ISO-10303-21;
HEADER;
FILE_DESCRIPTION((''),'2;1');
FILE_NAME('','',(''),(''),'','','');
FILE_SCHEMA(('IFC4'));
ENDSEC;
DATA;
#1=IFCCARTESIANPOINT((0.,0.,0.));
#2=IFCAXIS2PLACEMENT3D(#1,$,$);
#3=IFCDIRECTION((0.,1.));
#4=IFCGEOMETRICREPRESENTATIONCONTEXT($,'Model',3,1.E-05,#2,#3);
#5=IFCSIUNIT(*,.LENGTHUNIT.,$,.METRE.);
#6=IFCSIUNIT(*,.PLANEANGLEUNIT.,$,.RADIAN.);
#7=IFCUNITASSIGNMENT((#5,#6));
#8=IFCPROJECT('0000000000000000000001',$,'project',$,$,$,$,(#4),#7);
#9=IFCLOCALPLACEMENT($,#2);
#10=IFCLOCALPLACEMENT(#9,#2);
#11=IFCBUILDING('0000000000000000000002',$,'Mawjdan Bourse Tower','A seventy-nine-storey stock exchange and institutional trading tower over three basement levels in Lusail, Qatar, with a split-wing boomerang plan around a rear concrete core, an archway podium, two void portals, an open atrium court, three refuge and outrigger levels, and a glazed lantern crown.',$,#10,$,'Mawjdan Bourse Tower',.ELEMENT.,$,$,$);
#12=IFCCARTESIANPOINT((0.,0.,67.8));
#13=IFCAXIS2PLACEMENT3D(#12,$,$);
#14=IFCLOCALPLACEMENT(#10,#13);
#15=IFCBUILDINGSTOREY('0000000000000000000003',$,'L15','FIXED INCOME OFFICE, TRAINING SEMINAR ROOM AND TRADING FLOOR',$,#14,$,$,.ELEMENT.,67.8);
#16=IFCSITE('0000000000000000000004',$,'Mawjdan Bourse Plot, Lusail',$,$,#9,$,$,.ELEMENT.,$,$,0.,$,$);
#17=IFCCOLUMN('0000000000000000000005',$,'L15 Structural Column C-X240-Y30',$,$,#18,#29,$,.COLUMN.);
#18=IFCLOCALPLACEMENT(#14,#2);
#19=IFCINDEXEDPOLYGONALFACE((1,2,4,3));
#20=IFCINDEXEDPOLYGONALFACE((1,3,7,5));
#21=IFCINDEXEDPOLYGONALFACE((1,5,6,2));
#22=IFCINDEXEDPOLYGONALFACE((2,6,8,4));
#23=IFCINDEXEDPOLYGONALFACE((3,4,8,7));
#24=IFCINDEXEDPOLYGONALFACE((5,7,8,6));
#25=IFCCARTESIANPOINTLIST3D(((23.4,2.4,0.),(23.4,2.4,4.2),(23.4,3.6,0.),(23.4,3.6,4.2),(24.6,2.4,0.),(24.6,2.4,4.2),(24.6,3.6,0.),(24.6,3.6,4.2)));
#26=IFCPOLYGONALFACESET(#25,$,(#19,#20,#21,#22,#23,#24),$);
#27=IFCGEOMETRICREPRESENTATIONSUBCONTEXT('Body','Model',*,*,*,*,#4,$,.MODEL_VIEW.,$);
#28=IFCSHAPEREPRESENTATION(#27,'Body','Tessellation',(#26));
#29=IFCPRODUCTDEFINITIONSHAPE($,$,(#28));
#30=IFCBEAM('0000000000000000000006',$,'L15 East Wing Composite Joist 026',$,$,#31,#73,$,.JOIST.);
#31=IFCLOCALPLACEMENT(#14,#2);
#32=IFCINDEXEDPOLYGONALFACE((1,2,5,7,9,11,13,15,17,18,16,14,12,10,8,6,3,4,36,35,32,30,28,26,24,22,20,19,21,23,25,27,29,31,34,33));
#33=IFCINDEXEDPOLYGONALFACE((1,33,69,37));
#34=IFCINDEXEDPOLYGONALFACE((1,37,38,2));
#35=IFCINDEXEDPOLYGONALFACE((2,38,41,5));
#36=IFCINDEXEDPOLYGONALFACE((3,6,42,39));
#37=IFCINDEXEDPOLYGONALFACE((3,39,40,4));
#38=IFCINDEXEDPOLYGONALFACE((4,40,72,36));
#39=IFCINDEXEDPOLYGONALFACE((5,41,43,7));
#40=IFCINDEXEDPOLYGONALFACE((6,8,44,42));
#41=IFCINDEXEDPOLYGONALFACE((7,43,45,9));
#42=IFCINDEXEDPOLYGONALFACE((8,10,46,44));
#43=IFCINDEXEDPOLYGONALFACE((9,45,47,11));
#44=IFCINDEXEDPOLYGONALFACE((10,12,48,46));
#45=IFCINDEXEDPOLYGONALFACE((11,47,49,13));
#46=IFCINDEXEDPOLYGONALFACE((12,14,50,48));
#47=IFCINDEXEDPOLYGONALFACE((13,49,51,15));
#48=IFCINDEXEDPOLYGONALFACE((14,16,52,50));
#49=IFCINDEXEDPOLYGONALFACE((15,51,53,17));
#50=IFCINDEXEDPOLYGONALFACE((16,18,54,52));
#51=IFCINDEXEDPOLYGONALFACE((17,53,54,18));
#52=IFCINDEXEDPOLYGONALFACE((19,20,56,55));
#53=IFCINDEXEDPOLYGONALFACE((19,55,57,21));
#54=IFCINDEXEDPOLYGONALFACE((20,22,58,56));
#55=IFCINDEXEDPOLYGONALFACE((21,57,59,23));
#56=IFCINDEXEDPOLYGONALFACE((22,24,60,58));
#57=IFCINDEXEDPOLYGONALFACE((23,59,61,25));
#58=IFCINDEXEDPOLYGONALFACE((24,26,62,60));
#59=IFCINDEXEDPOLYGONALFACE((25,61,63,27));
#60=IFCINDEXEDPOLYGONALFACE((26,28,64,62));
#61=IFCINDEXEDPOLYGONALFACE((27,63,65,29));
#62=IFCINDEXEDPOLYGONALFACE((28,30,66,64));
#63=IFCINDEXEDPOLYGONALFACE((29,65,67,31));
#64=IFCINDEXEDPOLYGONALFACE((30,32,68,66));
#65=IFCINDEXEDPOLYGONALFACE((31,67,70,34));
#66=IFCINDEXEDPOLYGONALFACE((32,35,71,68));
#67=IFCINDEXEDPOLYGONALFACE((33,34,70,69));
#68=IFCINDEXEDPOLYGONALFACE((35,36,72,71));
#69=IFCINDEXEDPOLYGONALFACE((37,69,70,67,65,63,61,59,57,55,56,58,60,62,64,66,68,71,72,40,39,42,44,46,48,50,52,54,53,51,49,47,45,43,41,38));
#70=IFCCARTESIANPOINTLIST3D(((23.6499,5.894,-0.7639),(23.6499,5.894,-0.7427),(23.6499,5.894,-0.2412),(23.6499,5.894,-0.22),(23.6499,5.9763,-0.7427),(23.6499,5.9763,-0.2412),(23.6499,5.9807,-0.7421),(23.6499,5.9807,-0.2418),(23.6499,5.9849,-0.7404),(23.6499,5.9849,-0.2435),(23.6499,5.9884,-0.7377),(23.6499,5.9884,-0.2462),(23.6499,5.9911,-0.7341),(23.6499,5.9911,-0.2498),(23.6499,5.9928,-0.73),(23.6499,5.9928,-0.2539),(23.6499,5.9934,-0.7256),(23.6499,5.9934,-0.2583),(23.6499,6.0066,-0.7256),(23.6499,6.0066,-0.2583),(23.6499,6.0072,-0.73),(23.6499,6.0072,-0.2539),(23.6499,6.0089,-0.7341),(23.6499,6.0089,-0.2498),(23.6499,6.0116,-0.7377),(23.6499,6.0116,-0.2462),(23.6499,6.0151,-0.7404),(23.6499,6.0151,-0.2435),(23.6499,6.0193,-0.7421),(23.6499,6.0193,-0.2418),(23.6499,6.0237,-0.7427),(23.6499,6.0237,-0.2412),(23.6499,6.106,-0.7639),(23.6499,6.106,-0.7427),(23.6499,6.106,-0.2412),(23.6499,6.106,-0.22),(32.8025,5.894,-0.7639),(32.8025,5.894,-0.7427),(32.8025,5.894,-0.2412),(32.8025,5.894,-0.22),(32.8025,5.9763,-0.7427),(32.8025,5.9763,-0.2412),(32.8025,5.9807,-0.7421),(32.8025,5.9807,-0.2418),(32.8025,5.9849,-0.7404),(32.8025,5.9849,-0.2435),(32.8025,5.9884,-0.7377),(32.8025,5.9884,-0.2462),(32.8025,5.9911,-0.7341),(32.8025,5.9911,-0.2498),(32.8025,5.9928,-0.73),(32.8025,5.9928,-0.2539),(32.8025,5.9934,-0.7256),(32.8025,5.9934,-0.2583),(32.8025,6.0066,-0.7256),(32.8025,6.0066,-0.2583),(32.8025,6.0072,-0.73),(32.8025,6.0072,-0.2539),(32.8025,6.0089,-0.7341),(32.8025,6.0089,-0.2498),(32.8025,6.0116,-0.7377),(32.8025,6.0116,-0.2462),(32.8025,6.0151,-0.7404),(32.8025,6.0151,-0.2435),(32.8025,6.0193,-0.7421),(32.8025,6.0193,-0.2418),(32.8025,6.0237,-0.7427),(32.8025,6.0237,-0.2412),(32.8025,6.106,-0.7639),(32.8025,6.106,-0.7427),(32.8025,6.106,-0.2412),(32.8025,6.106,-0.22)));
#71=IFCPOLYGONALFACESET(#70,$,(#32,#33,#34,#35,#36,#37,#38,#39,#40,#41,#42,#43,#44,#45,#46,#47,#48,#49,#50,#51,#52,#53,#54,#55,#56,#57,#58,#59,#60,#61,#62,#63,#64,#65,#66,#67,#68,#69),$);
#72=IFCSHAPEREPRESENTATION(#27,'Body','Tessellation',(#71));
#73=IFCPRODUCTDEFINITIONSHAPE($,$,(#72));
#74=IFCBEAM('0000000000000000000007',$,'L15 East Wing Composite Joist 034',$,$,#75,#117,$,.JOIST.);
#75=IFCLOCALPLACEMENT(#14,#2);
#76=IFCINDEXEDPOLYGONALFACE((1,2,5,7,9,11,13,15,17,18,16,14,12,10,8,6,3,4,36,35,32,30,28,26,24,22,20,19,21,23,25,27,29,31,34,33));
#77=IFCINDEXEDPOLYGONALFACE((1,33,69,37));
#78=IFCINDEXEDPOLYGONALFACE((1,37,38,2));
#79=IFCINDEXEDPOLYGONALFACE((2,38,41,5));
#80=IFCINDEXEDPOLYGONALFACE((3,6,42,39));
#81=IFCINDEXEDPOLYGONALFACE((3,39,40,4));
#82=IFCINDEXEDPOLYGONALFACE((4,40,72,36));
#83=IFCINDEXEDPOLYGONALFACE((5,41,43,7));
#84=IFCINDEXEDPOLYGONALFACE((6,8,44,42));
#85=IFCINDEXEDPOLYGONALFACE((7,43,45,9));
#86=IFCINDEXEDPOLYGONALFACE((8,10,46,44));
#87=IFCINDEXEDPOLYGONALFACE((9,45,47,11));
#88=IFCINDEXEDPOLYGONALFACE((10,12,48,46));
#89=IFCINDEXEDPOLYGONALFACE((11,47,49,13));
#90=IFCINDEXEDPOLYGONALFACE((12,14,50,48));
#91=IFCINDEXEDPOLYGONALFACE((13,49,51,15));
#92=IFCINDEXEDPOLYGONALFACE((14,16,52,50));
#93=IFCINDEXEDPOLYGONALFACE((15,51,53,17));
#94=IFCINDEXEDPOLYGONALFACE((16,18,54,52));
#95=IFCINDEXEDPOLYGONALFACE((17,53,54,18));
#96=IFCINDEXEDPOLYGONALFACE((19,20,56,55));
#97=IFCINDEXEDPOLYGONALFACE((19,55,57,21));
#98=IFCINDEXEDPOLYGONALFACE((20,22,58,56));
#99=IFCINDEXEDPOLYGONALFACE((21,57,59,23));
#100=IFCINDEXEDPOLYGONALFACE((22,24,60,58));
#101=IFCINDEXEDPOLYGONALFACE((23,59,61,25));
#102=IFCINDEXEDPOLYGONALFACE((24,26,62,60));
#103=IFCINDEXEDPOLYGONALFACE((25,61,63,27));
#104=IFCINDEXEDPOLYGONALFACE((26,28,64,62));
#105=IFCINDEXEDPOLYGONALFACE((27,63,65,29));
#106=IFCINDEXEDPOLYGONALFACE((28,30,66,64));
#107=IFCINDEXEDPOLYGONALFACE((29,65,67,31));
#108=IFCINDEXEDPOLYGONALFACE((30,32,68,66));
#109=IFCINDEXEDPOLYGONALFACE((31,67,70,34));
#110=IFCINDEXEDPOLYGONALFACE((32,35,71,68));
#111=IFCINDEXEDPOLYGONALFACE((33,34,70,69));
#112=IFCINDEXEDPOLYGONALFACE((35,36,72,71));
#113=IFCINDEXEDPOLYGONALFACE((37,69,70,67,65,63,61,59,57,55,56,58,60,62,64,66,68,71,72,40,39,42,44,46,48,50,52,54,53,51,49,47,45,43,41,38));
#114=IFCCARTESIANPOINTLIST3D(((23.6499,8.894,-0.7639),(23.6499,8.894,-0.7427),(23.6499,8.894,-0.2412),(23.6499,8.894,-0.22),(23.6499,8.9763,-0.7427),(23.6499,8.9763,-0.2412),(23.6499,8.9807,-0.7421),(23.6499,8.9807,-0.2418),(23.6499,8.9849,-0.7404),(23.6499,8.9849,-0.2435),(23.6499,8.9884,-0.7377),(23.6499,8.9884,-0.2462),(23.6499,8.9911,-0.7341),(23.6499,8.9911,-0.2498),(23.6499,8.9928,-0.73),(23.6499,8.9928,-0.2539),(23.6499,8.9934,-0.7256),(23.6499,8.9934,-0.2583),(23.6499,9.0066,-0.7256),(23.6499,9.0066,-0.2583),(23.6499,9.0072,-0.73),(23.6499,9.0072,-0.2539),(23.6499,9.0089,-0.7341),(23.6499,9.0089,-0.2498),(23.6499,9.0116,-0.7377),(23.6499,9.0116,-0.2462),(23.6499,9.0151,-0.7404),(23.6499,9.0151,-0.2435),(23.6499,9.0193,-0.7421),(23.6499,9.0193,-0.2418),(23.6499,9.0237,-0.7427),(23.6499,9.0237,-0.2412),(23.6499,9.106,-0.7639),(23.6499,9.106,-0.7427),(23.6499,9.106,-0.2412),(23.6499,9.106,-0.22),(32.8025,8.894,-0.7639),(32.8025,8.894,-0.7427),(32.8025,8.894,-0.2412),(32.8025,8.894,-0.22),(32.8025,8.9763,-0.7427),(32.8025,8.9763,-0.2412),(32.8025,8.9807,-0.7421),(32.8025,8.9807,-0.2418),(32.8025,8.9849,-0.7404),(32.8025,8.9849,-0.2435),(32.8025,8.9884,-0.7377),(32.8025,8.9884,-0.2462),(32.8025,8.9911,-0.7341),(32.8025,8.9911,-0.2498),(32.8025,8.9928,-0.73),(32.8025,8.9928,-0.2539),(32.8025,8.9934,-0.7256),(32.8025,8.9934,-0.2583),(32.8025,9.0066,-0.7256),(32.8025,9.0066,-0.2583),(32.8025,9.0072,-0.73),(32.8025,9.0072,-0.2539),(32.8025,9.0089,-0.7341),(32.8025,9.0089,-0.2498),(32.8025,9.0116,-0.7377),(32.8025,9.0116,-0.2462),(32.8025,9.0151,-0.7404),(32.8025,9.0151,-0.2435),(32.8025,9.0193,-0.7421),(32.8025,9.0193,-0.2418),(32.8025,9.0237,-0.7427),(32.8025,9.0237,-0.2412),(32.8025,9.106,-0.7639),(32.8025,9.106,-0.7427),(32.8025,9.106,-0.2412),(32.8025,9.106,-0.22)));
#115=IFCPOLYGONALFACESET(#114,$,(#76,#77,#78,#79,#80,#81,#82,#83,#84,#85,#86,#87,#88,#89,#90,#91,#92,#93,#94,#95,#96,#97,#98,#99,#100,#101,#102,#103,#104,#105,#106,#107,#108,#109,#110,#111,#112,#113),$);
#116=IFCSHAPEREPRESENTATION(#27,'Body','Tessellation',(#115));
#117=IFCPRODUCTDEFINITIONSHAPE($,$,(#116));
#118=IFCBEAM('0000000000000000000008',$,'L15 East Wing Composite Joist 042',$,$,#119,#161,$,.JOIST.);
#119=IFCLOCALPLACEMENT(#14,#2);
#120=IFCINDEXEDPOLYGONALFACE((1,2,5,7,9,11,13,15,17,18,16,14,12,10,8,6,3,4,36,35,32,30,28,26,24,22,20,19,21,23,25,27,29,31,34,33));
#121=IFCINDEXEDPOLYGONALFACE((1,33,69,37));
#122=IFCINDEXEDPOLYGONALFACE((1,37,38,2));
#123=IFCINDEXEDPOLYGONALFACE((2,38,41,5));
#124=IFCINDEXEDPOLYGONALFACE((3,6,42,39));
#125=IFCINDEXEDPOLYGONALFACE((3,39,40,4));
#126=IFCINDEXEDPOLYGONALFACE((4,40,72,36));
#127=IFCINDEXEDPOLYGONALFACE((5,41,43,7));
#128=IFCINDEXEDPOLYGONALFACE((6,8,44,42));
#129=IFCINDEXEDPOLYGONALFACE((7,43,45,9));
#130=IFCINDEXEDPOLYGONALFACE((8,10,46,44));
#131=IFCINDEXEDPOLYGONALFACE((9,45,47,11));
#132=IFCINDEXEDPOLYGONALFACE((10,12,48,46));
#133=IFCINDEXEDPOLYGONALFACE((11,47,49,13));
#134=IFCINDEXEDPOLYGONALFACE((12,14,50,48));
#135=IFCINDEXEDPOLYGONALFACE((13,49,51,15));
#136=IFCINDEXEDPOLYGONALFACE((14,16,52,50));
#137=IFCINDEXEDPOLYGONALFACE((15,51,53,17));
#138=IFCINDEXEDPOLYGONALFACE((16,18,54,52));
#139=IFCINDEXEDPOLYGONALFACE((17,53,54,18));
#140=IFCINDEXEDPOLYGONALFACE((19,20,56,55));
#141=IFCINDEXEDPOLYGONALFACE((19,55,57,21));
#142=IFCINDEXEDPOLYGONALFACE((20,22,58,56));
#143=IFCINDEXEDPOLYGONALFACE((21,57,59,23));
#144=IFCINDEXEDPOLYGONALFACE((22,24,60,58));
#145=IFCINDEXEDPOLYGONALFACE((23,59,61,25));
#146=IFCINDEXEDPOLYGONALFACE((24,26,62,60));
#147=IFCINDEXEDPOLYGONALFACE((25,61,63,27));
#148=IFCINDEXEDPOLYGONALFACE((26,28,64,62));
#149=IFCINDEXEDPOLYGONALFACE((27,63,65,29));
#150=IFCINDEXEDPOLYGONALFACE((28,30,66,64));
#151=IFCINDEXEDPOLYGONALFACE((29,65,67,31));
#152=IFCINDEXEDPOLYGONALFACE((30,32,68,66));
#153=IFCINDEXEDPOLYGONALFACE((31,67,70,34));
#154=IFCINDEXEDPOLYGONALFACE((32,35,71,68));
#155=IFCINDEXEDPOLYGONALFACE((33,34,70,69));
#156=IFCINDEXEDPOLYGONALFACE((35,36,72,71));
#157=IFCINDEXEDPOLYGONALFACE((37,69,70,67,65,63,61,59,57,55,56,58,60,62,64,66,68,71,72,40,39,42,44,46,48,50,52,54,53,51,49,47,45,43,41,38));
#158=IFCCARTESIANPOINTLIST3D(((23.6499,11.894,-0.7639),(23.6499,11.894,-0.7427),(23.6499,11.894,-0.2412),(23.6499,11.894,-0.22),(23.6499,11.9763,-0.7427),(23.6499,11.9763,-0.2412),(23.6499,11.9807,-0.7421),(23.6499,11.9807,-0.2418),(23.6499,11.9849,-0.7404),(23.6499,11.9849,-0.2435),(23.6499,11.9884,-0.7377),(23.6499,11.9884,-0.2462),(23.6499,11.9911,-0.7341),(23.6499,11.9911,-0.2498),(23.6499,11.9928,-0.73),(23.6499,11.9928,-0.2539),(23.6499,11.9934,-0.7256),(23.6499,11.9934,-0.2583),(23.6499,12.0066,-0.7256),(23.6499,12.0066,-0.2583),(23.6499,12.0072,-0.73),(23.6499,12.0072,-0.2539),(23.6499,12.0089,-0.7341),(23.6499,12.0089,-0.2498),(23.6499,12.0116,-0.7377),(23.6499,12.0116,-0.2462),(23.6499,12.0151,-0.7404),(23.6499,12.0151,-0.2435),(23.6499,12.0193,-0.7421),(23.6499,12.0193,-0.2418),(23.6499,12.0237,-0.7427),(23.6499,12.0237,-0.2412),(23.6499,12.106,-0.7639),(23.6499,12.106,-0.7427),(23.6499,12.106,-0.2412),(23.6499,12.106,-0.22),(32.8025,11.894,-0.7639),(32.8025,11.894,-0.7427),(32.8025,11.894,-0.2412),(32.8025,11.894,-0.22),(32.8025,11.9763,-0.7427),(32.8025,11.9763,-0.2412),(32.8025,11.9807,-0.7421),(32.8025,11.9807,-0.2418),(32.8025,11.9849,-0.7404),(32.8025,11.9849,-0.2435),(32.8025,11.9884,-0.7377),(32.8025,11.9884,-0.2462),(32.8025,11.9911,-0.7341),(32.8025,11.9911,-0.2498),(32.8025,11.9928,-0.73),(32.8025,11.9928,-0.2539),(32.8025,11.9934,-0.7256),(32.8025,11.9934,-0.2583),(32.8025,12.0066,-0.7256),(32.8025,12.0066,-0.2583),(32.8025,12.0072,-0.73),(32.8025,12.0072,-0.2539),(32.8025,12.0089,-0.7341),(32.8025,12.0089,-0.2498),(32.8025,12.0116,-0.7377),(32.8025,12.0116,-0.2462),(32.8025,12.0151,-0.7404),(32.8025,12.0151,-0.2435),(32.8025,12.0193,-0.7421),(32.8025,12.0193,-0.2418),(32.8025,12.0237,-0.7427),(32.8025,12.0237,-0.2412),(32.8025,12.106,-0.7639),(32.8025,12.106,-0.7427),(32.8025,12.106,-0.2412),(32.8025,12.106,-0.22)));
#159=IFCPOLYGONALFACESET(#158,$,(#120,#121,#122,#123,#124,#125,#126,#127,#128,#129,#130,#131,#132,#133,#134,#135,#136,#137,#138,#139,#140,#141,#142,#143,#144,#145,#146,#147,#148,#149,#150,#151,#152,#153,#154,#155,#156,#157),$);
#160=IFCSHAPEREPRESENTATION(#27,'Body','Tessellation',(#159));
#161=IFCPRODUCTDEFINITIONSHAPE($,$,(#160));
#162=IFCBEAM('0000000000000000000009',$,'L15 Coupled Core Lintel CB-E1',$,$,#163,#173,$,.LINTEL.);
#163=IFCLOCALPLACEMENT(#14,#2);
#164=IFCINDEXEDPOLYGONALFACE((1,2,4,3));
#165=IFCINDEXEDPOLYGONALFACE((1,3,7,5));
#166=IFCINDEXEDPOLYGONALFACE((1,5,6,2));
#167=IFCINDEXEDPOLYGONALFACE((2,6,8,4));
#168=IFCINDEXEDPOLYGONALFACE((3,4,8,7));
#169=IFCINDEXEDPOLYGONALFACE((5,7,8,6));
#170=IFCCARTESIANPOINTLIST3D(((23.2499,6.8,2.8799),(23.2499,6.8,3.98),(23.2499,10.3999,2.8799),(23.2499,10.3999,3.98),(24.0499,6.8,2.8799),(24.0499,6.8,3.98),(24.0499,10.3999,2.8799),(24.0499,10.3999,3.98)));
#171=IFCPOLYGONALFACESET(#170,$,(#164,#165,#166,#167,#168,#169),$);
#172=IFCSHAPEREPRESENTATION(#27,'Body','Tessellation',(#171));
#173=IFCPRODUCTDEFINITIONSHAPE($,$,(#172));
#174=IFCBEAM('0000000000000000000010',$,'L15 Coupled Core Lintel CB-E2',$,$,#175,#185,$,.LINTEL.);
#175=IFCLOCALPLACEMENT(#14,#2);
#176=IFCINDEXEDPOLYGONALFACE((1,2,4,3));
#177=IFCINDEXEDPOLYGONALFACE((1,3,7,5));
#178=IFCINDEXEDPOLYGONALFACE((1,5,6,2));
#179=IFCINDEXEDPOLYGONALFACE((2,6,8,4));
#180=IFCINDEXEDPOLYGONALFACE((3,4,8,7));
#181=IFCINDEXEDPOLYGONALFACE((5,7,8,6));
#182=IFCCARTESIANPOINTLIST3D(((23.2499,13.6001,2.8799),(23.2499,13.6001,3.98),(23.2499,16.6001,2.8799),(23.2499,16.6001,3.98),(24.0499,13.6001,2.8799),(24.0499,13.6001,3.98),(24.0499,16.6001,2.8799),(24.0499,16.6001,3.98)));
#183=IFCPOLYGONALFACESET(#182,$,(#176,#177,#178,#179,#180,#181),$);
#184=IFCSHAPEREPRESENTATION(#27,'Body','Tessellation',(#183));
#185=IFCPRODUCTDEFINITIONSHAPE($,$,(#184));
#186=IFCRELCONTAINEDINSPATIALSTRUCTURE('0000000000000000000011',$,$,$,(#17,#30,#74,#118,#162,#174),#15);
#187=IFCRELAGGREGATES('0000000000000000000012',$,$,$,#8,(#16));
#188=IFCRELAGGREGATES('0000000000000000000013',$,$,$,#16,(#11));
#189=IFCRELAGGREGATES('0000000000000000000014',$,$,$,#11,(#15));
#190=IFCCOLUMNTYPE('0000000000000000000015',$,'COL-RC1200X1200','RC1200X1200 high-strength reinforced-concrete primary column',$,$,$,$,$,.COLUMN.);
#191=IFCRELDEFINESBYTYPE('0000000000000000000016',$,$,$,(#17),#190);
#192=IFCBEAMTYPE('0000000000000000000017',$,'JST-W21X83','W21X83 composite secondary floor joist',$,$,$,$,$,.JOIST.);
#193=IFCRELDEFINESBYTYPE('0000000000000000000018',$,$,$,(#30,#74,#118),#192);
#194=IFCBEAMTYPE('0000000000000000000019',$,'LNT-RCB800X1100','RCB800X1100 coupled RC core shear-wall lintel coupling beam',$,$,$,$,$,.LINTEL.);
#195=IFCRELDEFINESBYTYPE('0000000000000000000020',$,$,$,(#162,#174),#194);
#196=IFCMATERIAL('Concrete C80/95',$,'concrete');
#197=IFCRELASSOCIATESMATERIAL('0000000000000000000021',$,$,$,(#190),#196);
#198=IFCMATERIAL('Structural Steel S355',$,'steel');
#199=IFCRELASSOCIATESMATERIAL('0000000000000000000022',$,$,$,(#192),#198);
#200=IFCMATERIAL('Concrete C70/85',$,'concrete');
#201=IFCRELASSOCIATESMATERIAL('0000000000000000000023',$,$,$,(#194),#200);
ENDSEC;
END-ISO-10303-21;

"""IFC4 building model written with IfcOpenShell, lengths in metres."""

from ifc_helpers import new_model, si_unit, direction, frame, origin, origin_2d, place, context, subcontext, project, spatial, rectangle, i_section, extrude, material, material_profile, profile_set, type_object, element, save


model = new_model("IFC4")

# Units and contexts
model_context = context("Model", 3, precision=1e-05, world=origin(), true_north=direction((0.0, 1.0)))
body_context = subcontext(model_context, "Body", "Model", "MODEL_VIEW")
ifc_project = project(units=[si_unit("LENGTHUNIT", "METRE"), si_unit("PLANEANGLEUNIT", "RADIAN")], contexts=[model_context])

# Site, building, storey
site_placement = place(None, origin())
site = spatial("IfcSite", under=ifc_project, at=site_placement, Name="Mawjdan Bourse Plot, Lusail", CompositionType="ELEMENT", RefElevation=0.0)
building_placement = place(site_placement, origin())
building = spatial("IfcBuilding", under=site, at=building_placement, Name="Mawjdan Bourse Tower", Description="A seventy-nine-storey stock exchange and institutional trading tower over three basement levels in Lusail, Qatar, with a split-wing boomerang plan around a rear concrete core, an archway podium, two void portals, an open atrium court, three refuge and outrigger levels, and a glazed lantern crown.", LongName="Mawjdan Bourse Tower", CompositionType="ELEMENT")
storey_placement = place(building_placement, frame((0.0, 0.0, 67.8)))
storey = spatial("IfcBuildingStorey", under=building, at=storey_placement, Name="L15", Description="FIXED INCOME OFFICE, TRAINING SEMINAR ROOM AND TRADING FLOOR", CompositionType="ELEMENT", Elevation=67.8)

# Column
ifc_material_1 = material(Name="Concrete C80/95", Category="concrete")
ifc_material_profile_1 = material_profile(ifc_material_1, rectangle(XDim=1.2, YDim=1.2, at=origin_2d()), Name="RC1200X1200")
ifc_profile_set_1 = profile_set([ifc_material_profile_1], Name="Concrete C80/95")
column_type = type_object("IfcColumnType", Name="COL-RC1200X1200", Description="RC1200X1200 high-strength reinforced-concrete primary column", PredefinedType="COLUMN", material=ifc_profile_set_1)
column_placement = place(storey_placement, frame((24.0, 3.0, 0.0), z_axis=(0.0, 0.0, 1.0), x_axis=(1.0, 0.0, 0.0)))
element("IfcColumn", 1, at=column_placement, inside=storey, type_object=column_type, Name="L15 Structural Column C-X240-Y30", PredefinedType="COLUMN", context=body_context, shape_type="SweptSolid", body=[
    extrude(rectangle(XDim=1.2, YDim=1.2, at=origin_2d()), origin(), (0.0, 0.0, 1.0), 4.2),
])

# Beams
ifc_material_2 = material(Name="Structural Steel S355", Category="steel")
ifc_material_profile_2 = material_profile(ifc_material_2, i_section(OverallWidth=0.2119, OverallDepth=0.5439, WebThickness=0.0132, FlangeThickness=0.0212, FilletRadius=0.0171, at=origin_2d()), Name="W21X83")
ifc_profile_set_2 = profile_set([ifc_material_profile_2], Name="Structural Steel S355")
beam_type_1 = type_object("IfcBeamType", Name="JST-W21X83", Description="W21X83 composite secondary floor joist", PredefinedType="JOIST", material=ifc_profile_set_2)
for number, where, z_axis, x_axis, name in (
    (2, (23.6499, 6.0, -0.4919), (1.0, 0.0, 0.0), (0.0, 1.0, 0.0), "L15 East Wing Composite Joist 026"),
    (3, (23.6499, 9.0, -0.4919), (1.0, 0.0, 0.0), (0.0, 1.0, 0.0), "L15 East Wing Composite Joist 034"),
    (4, (23.6499, 12.0, -0.4919), (1.0, 0.0, 0.0), (0.0, 1.0, 0.0), "L15 East Wing Composite Joist 042"),
):
    element("IfcBeam", number, at=place(storey_placement, frame(where, z_axis=z_axis, x_axis=x_axis)), inside=storey, type_object=beam_type_1, Name=name, PredefinedType="JOIST", context=body_context, shape_type="SweptSolid", body=[
        extrude(i_section(OverallWidth=0.2119, OverallDepth=0.5439, WebThickness=0.0132, FlangeThickness=0.0212, FilletRadius=0.0171, at=origin_2d()), origin(), (0.0, 0.0, 1.0), 9.1526),
    ])
ifc_material_3 = material(Name="Concrete C70/85", Category="concrete")
ifc_material_profile_3 = material_profile(ifc_material_3, rectangle(XDim=0.8, YDim=1.1001, at=origin_2d()), Name="RCB800X1100")
ifc_profile_set_3 = profile_set([ifc_material_profile_3], Name="Concrete C70/85")
beam_type_2 = type_object("IfcBeamType", Name="LNT-RCB800X1100", Description="RCB800X1100 coupled RC core shear-wall lintel coupling beam", PredefinedType="LINTEL", material=ifc_profile_set_3)
beam_1_placement = place(storey_placement, frame((23.6499, 6.8, 3.4299), z_axis=(0.0, 1.0, 0.0), x_axis=(-1.0, 0.0, 0.0)))
element("IfcBeam", 5, at=beam_1_placement, inside=storey, type_object=beam_type_2, Name="L15 Coupled Core Lintel CB-E1", PredefinedType="LINTEL", context=body_context, shape_type="SweptSolid", body=[
    extrude(rectangle(XDim=0.8, YDim=1.1001, at=origin_2d()), origin(), (0.0, 0.0, 1.0), 3.5999),
])
beam_2_placement = place(storey_placement, frame((23.6499, 13.6001, 3.4299), z_axis=(0.0, 1.0, 0.0), x_axis=(-1.0, 0.0, 0.0)))
element("IfcBeam", 6, at=beam_2_placement, inside=storey, type_object=beam_type_2, Name="L15 Coupled Core Lintel CB-E2", PredefinedType="LINTEL", context=body_context, shape_type="SweptSolid", body=[
    extrude(rectangle(XDim=0.8, YDim=1.1001, at=origin_2d()), origin(), (0.0, 0.0, 1.0), 3.0),
])

save(model, "model.ifc")
